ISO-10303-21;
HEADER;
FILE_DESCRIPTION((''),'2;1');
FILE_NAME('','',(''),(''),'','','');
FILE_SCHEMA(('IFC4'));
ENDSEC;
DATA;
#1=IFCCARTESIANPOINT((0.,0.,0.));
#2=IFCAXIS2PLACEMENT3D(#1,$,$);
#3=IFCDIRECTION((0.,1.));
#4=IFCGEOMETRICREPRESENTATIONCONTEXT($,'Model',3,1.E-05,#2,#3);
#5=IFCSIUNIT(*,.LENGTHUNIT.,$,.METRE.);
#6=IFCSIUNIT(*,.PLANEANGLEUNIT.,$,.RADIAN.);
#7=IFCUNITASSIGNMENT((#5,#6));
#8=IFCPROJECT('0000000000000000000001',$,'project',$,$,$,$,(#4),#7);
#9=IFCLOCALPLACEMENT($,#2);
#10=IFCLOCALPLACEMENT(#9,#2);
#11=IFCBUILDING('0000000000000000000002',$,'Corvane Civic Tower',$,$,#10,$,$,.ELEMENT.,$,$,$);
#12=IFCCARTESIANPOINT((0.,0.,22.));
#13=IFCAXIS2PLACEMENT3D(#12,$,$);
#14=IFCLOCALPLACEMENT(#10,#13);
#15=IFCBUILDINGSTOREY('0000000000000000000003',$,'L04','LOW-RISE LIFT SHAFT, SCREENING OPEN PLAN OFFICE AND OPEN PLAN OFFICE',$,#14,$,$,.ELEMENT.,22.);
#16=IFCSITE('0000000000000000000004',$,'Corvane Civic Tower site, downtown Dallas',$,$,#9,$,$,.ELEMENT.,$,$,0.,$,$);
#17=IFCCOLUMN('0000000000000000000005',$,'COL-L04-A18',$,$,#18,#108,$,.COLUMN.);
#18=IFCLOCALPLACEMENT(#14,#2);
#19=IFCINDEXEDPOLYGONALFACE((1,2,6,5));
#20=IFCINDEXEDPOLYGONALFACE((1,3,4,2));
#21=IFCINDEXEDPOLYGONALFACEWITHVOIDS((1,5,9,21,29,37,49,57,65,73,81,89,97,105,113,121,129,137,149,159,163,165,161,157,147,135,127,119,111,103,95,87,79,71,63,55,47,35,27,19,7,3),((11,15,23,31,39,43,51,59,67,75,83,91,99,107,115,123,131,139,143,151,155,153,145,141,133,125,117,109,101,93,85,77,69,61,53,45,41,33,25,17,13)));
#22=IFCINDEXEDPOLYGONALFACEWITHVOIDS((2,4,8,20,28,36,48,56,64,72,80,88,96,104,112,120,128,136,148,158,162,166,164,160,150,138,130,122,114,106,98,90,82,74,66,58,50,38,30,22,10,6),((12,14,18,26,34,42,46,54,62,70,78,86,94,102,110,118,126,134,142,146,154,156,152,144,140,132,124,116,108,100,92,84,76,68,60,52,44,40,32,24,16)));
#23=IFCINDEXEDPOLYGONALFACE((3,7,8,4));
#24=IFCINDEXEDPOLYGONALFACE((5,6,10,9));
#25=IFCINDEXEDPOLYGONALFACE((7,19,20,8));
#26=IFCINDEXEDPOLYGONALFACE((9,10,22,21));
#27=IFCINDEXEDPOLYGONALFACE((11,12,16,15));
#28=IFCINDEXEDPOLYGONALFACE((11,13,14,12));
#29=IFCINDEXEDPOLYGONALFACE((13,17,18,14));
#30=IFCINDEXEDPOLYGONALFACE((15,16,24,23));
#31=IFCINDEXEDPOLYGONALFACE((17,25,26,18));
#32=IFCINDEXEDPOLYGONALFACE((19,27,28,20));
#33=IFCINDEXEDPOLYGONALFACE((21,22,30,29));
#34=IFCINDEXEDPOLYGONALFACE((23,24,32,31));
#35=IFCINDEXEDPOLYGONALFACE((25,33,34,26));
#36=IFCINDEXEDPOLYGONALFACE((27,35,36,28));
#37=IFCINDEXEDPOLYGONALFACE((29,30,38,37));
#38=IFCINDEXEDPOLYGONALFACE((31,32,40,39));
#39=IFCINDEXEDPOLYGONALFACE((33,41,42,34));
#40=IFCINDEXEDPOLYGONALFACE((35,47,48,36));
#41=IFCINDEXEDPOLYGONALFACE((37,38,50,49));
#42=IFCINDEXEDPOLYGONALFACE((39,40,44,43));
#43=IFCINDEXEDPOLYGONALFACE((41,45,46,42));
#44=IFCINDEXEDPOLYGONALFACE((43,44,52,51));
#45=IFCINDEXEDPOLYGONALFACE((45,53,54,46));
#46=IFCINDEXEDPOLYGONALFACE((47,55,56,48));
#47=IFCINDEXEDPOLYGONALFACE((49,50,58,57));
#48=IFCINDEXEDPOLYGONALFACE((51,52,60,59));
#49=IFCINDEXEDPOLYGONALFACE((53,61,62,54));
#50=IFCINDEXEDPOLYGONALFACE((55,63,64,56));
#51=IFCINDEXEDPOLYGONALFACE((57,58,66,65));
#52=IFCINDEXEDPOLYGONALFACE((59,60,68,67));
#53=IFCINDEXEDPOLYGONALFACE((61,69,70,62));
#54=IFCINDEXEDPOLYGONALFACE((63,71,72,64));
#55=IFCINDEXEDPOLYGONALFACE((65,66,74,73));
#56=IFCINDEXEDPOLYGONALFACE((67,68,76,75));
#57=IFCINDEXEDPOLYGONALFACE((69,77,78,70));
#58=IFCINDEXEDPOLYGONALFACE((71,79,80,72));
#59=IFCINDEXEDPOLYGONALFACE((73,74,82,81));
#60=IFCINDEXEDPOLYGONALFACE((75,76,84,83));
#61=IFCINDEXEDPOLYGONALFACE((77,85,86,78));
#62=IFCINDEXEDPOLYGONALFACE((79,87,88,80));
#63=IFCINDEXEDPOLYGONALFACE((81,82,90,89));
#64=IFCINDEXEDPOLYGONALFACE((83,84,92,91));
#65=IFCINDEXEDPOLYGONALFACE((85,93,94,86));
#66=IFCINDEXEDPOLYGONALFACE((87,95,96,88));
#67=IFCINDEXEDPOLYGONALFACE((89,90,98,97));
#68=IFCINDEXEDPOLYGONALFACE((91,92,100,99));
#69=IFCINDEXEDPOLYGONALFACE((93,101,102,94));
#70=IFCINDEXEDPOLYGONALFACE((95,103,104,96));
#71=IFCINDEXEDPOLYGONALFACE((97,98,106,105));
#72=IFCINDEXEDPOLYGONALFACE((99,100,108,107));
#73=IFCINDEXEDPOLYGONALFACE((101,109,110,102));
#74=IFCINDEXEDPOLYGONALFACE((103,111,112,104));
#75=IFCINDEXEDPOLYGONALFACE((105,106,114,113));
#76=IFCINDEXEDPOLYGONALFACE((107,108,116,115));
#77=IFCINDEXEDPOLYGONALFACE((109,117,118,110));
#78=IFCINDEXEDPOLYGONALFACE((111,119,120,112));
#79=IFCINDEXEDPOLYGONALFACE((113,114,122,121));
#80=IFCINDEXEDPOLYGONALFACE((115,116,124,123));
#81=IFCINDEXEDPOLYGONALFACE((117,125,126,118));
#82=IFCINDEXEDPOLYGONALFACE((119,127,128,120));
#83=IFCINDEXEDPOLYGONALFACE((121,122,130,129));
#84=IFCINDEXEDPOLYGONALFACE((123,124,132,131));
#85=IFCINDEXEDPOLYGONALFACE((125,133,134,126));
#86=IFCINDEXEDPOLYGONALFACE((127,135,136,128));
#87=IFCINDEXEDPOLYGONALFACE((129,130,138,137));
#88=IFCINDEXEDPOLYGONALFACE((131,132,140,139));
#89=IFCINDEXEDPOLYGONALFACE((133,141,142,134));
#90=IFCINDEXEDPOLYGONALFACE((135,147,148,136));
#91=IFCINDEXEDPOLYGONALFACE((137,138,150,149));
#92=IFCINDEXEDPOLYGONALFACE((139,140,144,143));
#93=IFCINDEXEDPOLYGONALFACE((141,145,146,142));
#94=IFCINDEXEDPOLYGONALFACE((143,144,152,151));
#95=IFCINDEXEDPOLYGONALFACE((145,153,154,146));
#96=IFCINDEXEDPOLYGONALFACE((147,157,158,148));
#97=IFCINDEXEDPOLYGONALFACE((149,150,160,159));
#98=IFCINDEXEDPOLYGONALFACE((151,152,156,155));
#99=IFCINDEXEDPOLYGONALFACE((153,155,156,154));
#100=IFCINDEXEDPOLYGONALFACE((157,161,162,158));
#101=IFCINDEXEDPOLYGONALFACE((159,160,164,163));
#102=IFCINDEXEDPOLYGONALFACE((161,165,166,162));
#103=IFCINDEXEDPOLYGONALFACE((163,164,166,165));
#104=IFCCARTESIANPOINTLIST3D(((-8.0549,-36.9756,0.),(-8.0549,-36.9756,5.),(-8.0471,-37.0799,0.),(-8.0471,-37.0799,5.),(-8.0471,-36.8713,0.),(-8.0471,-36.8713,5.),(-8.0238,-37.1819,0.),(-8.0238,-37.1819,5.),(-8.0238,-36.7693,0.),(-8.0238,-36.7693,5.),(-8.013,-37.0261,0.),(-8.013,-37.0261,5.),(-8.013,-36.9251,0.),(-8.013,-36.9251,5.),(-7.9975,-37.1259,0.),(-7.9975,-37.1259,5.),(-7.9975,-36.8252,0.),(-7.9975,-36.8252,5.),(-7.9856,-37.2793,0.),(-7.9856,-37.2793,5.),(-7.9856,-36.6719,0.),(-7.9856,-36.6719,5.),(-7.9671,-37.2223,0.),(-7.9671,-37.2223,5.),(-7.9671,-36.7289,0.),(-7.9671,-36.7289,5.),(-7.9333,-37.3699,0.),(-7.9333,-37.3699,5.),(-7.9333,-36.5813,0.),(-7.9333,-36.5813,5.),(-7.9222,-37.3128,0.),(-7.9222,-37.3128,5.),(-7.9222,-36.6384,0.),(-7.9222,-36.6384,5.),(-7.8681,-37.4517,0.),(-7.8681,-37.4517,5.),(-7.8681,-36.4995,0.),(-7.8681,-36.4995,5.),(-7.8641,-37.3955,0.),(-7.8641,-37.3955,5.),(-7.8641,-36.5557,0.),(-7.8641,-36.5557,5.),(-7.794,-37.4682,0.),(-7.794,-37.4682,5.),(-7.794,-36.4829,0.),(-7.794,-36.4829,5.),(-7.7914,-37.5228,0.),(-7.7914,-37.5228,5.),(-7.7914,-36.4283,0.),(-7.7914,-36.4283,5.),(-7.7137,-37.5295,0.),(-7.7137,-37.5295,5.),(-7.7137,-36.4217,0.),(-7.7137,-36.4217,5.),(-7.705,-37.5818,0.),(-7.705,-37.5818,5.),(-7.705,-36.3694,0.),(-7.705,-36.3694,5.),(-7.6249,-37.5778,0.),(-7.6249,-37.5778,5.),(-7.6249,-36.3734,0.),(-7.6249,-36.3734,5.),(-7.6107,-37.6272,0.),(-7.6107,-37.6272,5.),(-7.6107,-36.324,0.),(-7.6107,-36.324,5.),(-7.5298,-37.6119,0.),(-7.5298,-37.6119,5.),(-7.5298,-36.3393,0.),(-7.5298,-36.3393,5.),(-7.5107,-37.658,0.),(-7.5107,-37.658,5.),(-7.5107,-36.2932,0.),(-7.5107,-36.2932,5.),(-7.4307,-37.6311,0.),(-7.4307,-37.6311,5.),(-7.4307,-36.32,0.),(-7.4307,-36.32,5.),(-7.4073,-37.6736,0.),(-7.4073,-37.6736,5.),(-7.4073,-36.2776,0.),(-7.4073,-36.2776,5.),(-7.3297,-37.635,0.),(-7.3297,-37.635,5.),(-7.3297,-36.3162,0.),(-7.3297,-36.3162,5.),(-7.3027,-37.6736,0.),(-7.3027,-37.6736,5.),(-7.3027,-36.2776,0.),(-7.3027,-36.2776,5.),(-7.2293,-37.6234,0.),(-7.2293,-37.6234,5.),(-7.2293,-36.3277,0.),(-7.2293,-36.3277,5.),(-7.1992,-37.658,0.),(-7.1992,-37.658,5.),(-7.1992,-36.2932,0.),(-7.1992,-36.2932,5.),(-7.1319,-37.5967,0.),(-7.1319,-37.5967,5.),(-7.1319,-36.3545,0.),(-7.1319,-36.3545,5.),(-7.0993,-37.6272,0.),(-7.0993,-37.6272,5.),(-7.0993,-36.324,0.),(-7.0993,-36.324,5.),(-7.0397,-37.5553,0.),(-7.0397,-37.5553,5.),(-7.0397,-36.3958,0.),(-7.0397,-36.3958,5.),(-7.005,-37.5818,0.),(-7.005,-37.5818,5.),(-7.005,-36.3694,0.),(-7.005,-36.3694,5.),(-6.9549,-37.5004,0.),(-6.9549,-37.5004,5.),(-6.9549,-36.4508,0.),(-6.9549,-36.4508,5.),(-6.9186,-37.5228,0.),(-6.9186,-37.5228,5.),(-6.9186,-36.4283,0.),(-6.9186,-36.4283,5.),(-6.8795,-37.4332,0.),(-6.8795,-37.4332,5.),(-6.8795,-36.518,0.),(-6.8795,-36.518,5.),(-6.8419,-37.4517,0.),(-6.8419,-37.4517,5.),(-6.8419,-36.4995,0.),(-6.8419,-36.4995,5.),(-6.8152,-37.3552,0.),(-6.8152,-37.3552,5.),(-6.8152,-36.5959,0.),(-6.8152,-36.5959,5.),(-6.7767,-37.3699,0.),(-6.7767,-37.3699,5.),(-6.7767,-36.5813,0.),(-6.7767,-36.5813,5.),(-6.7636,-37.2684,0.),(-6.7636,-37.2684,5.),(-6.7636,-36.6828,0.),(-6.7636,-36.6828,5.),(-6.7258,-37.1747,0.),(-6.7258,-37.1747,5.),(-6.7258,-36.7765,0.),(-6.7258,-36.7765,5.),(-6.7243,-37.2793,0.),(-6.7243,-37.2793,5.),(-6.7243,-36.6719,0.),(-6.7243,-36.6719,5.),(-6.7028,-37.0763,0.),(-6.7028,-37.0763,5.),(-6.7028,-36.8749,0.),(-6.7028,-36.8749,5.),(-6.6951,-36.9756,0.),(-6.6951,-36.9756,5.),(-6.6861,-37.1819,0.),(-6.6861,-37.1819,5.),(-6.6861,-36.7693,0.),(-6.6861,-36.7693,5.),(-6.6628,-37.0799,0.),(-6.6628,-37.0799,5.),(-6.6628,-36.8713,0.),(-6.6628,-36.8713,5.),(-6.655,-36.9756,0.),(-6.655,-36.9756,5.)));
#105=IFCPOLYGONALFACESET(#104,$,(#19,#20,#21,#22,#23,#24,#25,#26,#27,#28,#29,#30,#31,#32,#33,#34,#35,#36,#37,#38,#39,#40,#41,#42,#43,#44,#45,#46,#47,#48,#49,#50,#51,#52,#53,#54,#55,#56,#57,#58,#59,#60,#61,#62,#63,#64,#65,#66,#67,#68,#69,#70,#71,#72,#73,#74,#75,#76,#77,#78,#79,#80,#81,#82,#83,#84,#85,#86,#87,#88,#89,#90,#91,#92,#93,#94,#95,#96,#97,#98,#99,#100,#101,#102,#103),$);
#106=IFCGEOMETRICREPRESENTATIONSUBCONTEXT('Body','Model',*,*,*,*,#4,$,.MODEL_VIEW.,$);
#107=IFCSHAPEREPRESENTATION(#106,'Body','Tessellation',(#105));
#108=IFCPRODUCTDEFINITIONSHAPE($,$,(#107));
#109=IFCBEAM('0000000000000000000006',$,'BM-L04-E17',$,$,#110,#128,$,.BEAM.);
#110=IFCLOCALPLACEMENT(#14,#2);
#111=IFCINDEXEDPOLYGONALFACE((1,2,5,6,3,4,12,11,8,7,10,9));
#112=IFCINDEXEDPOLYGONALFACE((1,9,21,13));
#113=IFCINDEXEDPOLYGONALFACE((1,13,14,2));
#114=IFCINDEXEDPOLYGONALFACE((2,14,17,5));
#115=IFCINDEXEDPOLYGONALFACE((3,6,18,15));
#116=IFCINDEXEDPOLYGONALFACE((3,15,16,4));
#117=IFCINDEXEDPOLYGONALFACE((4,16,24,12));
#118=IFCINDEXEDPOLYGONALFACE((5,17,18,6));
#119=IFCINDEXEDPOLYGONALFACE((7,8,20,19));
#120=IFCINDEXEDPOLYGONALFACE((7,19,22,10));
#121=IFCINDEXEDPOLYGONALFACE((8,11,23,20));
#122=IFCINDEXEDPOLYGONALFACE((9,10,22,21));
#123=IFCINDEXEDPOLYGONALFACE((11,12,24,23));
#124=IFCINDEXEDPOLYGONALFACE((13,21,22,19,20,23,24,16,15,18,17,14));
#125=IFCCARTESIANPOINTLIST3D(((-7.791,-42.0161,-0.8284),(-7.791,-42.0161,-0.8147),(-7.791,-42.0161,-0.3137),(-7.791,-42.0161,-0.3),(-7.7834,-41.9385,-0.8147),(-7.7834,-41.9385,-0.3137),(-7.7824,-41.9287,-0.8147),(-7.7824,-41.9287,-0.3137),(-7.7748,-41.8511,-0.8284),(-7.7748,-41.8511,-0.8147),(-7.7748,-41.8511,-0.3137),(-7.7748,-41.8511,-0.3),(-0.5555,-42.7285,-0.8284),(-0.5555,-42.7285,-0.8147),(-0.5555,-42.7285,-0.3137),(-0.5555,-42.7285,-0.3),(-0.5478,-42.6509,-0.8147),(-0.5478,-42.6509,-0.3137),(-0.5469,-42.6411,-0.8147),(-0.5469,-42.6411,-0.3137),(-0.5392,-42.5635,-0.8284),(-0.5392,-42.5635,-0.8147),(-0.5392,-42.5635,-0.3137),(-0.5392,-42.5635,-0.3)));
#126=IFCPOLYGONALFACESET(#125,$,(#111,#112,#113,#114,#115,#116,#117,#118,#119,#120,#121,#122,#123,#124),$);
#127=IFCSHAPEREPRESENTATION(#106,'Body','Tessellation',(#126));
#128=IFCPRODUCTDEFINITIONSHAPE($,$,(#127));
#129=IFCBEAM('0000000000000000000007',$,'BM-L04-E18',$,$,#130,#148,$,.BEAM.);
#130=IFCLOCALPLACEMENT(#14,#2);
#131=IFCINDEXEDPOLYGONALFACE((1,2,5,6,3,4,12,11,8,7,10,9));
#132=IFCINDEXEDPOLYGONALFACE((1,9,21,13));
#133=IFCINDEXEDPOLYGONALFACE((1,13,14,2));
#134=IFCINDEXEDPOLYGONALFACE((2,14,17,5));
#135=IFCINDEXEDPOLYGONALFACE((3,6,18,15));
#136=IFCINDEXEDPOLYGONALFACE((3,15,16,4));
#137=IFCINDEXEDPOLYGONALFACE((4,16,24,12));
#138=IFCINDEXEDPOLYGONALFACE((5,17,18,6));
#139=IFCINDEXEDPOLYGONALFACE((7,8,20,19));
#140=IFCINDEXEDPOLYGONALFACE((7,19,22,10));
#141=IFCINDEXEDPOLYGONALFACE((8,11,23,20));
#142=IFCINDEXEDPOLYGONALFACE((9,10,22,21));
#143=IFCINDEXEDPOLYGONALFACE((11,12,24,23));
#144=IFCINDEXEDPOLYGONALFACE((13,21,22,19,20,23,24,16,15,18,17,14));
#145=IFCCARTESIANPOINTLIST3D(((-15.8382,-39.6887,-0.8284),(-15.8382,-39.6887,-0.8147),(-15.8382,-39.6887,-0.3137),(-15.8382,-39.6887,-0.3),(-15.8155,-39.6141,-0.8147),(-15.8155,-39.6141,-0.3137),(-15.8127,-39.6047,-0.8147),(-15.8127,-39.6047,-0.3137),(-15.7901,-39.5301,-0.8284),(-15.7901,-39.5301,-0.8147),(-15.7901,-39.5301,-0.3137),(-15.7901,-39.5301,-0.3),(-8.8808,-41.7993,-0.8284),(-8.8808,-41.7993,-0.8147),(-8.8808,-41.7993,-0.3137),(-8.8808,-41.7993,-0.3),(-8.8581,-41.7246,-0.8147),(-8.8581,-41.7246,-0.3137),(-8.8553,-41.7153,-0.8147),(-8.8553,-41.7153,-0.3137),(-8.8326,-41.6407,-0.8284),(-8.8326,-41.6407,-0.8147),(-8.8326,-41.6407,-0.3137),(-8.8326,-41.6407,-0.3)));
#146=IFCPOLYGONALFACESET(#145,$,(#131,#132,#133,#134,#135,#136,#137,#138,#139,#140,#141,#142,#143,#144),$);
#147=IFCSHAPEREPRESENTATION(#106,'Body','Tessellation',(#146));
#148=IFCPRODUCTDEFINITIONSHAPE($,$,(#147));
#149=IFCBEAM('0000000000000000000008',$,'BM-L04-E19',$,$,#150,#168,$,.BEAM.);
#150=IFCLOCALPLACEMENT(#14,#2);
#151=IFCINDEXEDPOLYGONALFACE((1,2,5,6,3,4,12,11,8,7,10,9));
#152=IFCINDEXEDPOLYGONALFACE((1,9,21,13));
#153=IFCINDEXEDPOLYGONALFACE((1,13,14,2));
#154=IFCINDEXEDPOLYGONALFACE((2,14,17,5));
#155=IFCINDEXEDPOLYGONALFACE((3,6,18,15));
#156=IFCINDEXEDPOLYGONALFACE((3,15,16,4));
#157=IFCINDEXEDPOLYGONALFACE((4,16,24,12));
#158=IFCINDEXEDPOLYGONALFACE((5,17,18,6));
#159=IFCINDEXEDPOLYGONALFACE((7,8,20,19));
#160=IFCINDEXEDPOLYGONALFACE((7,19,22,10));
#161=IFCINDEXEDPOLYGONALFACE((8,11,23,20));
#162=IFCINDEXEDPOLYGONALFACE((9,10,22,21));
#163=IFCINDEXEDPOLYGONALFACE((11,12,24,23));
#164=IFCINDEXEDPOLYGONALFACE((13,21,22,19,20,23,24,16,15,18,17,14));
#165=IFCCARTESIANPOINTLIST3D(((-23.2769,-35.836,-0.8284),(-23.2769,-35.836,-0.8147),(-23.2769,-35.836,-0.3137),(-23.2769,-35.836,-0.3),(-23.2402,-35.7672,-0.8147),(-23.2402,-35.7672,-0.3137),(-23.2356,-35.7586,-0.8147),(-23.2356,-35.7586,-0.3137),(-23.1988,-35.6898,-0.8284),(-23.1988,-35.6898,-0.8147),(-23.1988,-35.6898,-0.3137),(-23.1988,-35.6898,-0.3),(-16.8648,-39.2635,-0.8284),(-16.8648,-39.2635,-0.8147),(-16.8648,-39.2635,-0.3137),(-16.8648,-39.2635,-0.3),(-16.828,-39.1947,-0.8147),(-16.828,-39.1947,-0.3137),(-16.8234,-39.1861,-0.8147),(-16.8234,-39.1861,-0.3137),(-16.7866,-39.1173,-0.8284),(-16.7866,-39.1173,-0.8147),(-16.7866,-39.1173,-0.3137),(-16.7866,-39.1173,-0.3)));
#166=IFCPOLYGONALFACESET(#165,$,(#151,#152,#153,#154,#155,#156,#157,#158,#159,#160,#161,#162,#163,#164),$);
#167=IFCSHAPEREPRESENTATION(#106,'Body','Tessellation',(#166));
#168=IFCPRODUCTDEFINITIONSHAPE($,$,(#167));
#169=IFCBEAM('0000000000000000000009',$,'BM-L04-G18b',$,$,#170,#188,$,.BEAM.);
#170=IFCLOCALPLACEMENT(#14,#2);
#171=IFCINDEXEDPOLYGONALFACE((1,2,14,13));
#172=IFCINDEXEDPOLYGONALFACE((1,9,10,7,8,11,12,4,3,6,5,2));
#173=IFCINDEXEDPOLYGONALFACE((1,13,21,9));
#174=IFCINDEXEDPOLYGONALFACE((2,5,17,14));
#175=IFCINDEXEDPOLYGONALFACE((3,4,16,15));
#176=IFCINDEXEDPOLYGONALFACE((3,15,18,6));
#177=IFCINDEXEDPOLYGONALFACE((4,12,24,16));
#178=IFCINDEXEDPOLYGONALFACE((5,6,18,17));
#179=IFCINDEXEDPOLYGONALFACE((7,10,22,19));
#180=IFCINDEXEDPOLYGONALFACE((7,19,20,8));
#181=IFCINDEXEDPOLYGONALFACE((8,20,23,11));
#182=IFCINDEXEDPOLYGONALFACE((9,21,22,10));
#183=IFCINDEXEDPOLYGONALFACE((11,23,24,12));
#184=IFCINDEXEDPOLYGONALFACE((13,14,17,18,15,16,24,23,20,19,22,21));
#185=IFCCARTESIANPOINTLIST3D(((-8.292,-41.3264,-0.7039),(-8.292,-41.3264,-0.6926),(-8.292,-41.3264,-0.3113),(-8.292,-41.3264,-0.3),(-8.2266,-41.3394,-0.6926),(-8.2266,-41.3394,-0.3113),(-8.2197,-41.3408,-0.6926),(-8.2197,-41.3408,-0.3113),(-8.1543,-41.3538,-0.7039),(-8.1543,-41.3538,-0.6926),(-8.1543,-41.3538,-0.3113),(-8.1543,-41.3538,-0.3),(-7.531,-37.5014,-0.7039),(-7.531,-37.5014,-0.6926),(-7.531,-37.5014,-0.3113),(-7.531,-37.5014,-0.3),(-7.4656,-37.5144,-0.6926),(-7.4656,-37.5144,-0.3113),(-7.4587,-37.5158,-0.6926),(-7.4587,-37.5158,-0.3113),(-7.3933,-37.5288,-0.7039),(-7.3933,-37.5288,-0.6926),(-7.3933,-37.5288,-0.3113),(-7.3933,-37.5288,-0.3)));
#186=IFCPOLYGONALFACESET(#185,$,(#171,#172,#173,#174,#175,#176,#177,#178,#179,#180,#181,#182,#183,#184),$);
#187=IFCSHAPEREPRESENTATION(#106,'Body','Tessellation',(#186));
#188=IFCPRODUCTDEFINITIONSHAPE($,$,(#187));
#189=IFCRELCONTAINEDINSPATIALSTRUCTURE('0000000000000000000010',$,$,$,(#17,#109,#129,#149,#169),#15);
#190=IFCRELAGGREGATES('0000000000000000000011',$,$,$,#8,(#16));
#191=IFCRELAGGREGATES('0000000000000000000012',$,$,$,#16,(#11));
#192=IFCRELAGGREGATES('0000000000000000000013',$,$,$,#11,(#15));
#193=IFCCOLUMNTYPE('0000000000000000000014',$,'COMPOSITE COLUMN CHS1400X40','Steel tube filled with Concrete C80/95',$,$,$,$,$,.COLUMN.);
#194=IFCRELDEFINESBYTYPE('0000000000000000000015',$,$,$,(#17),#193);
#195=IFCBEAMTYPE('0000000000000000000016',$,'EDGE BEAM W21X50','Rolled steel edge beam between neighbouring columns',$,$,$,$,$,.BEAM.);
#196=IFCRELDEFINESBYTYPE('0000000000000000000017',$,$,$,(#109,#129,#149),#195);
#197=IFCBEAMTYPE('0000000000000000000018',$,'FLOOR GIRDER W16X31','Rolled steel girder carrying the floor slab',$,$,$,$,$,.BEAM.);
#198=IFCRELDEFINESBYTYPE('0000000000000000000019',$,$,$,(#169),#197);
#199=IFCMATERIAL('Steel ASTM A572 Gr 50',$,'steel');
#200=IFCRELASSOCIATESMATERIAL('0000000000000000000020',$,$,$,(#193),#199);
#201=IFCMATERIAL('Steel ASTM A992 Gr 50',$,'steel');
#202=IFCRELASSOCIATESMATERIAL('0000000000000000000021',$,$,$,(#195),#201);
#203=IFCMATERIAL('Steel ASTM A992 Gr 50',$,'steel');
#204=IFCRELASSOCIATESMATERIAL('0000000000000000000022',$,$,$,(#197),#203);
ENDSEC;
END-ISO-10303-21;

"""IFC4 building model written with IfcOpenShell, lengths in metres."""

from ifc_helpers import new_model, si_unit, direction, frame, origin, origin_2d, place, context, subcontext, project, spatial, hollow_circle, i_section, extrude, material, material_profile, profile_set, type_object, element, save


model = new_model("IFC4")

# Units and contexts
model_context = context("Model", 3, precision=1e-05, world=origin(), true_north=direction((0.0, 1.0)))
body_context = subcontext(model_context, "Body", "Model", "MODEL_VIEW")
ifc_project = project(units=[si_unit("LENGTHUNIT", "METRE"), si_unit("PLANEANGLEUNIT", "RADIAN")], contexts=[model_context])

# Site, building, storey
site_placement = place(None, origin())
site = spatial("IfcSite", under=ifc_project, at=site_placement, Name="Corvane Civic Tower site, downtown Dallas", CompositionType="ELEMENT", RefElevation=0.0)
building_placement = place(site_placement, origin())
building = spatial("IfcBuilding", under=site, at=building_placement, Name="Corvane Civic Tower", CompositionType="ELEMENT")
storey_placement = place(building_placement, frame((0.0, 0.0, 22.0)))
storey = spatial("IfcBuildingStorey", under=building, at=storey_placement, Name="L04", Description="LOW-RISE LIFT SHAFT, SCREENING OPEN PLAN OFFICE AND OPEN PLAN OFFICE", CompositionType="ELEMENT", Elevation=22.0)

# Column
ifc_material_1 = material(Name="Steel ASTM A572 Gr 50", Category="steel")
ifc_material_profile_1 = material_profile(ifc_material_1, hollow_circle(Radius=0.7, WallThickness=0.04, at=origin_2d()), Name="CHS1400X40")
ifc_profile_set_1 = profile_set([ifc_material_profile_1], Name="Steel ASTM A572 Gr 50")
column_type_1 = type_object("IfcColumnType", Name="COMPOSITE COLUMN CHS1400X40", Description="Steel tube filled with Concrete C80/95", PredefinedType="COLUMN", material=ifc_profile_set_1)
for number, where, z_axis, x_axis, name in (
    (1, (-7.355, -36.9756, 0.0), (0.0, 0.0, 1.0), (1.0, 0.0, 0.0), "COL-L04-A18"),
):
    element("IfcColumn", number, at=place(storey_placement, frame(where, z_axis=z_axis, x_axis=x_axis)), inside=storey, type_object=column_type_1, Name=name, PredefinedType="COLUMN", context=body_context, shape_type="SweptSolid", body=[
        extrude(hollow_circle(Radius=0.7, WallThickness=0.04, at=origin_2d()), origin(), (0.0, 0.0, 1.0), 5.0),
    ])

# Beams
ifc_material_2 = material(Name="Steel ASTM A992 Gr 50", Category="steel")
ifc_material_profile_2 = material_profile(ifc_material_2, i_section(OverallWidth=0.1658, OverallDepth=0.5283, WebThickness=0.0098, FlangeThickness=0.0137, at=origin_2d()), Name="W21X50")
ifc_profile_set_2 = profile_set([ifc_material_profile_2], Name="Steel ASTM A992 Gr 50")
beam_type_1 = type_object("IfcBeamType", Name="EDGE BEAM W21X50", Description="Rolled steel edge beam between neighbouring columns", PredefinedType="BEAM", material=ifc_profile_set_2)
for number, where, z_axis, x_axis, name in (
    (2, (-0.5474, -42.646, -0.5642), (-0.995188, 0.097984, 0.0), (-0.097984, -0.995188, 0.0), "BM-L04-E17"),
    (3, (-8.8567, -41.72, -0.5642), (-0.956938, 0.290292, 0.0), (-0.290292, -0.956938, 0.0), "BM-L04-E18"),
):
    element("IfcBeam", number, at=place(storey_placement, frame(where, z_axis=z_axis, x_axis=x_axis)), inside=storey, type_object=beam_type_1, Name=name, PredefinedType="BEAM", context=body_context, shape_type="SweptSolid", body=[
        extrude(i_section(OverallWidth=0.1658, OverallDepth=0.5283, WebThickness=0.0098, FlangeThickness=0.0137, at=origin_2d()), origin(), (0.0, 0.0, 1.0), 7.2705),
    ])
beam_1_placement = place(storey_placement, frame((-16.8257, -39.1904, -0.5642), z_axis=(-0.881913, 0.471412, 0.0), x_axis=(-0.471412, -0.881913, 0.0)))
element("IfcBeam", 4, at=beam_1_placement, inside=storey, type_object=beam_type_1, Name="BM-L04-E19", PredefinedType="BEAM", context=body_context, shape_type="SweptSolid", body=[
    extrude(i_section(OverallWidth=0.1658, OverallDepth=0.5283, WebThickness=0.0098, FlangeThickness=0.0137, at=origin_2d()), origin(), (0.0, 0.0, 1.0), 7.2708),
])
ifc_material_3 = material(Name="Steel ASTM A992 Gr 50", Category="steel")
ifc_material_profile_3 = material_profile(ifc_material_3, i_section(OverallWidth=0.1404, OverallDepth=0.4038, WebThickness=0.0071, FlangeThickness=0.0112, at=origin_2d()), Name="W16X31")
ifc_profile_set_3 = profile_set([ifc_material_profile_3], Name="Steel ASTM A992 Gr 50")
beam_type_2 = type_object("IfcBeamType", Name="FLOOR GIRDER W16X31", Description="Rolled steel girder carrying the floor slab", PredefinedType="BEAM", material=ifc_profile_set_3)
beam_2_placement = place(storey_placement, frame((-7.4622, -37.5151, -0.502), z_axis=(-0.195129, -0.980778, 0.0), x_axis=(0.980778, -0.195129, 0.0)))
element("IfcBeam", 5, at=beam_2_placement, inside=storey, type_object=beam_type_2, Name="BM-L04-G18b", PredefinedType="BEAM", context=body_context, shape_type="SweptSolid", body=[
    extrude(i_section(OverallWidth=0.1404, OverallDepth=0.4038, WebThickness=0.0071, FlangeThickness=0.0112, at=origin_2d()), origin(), (0.0, 0.0, 1.0), 3.8999),
])

save(model, "model.ifc")
